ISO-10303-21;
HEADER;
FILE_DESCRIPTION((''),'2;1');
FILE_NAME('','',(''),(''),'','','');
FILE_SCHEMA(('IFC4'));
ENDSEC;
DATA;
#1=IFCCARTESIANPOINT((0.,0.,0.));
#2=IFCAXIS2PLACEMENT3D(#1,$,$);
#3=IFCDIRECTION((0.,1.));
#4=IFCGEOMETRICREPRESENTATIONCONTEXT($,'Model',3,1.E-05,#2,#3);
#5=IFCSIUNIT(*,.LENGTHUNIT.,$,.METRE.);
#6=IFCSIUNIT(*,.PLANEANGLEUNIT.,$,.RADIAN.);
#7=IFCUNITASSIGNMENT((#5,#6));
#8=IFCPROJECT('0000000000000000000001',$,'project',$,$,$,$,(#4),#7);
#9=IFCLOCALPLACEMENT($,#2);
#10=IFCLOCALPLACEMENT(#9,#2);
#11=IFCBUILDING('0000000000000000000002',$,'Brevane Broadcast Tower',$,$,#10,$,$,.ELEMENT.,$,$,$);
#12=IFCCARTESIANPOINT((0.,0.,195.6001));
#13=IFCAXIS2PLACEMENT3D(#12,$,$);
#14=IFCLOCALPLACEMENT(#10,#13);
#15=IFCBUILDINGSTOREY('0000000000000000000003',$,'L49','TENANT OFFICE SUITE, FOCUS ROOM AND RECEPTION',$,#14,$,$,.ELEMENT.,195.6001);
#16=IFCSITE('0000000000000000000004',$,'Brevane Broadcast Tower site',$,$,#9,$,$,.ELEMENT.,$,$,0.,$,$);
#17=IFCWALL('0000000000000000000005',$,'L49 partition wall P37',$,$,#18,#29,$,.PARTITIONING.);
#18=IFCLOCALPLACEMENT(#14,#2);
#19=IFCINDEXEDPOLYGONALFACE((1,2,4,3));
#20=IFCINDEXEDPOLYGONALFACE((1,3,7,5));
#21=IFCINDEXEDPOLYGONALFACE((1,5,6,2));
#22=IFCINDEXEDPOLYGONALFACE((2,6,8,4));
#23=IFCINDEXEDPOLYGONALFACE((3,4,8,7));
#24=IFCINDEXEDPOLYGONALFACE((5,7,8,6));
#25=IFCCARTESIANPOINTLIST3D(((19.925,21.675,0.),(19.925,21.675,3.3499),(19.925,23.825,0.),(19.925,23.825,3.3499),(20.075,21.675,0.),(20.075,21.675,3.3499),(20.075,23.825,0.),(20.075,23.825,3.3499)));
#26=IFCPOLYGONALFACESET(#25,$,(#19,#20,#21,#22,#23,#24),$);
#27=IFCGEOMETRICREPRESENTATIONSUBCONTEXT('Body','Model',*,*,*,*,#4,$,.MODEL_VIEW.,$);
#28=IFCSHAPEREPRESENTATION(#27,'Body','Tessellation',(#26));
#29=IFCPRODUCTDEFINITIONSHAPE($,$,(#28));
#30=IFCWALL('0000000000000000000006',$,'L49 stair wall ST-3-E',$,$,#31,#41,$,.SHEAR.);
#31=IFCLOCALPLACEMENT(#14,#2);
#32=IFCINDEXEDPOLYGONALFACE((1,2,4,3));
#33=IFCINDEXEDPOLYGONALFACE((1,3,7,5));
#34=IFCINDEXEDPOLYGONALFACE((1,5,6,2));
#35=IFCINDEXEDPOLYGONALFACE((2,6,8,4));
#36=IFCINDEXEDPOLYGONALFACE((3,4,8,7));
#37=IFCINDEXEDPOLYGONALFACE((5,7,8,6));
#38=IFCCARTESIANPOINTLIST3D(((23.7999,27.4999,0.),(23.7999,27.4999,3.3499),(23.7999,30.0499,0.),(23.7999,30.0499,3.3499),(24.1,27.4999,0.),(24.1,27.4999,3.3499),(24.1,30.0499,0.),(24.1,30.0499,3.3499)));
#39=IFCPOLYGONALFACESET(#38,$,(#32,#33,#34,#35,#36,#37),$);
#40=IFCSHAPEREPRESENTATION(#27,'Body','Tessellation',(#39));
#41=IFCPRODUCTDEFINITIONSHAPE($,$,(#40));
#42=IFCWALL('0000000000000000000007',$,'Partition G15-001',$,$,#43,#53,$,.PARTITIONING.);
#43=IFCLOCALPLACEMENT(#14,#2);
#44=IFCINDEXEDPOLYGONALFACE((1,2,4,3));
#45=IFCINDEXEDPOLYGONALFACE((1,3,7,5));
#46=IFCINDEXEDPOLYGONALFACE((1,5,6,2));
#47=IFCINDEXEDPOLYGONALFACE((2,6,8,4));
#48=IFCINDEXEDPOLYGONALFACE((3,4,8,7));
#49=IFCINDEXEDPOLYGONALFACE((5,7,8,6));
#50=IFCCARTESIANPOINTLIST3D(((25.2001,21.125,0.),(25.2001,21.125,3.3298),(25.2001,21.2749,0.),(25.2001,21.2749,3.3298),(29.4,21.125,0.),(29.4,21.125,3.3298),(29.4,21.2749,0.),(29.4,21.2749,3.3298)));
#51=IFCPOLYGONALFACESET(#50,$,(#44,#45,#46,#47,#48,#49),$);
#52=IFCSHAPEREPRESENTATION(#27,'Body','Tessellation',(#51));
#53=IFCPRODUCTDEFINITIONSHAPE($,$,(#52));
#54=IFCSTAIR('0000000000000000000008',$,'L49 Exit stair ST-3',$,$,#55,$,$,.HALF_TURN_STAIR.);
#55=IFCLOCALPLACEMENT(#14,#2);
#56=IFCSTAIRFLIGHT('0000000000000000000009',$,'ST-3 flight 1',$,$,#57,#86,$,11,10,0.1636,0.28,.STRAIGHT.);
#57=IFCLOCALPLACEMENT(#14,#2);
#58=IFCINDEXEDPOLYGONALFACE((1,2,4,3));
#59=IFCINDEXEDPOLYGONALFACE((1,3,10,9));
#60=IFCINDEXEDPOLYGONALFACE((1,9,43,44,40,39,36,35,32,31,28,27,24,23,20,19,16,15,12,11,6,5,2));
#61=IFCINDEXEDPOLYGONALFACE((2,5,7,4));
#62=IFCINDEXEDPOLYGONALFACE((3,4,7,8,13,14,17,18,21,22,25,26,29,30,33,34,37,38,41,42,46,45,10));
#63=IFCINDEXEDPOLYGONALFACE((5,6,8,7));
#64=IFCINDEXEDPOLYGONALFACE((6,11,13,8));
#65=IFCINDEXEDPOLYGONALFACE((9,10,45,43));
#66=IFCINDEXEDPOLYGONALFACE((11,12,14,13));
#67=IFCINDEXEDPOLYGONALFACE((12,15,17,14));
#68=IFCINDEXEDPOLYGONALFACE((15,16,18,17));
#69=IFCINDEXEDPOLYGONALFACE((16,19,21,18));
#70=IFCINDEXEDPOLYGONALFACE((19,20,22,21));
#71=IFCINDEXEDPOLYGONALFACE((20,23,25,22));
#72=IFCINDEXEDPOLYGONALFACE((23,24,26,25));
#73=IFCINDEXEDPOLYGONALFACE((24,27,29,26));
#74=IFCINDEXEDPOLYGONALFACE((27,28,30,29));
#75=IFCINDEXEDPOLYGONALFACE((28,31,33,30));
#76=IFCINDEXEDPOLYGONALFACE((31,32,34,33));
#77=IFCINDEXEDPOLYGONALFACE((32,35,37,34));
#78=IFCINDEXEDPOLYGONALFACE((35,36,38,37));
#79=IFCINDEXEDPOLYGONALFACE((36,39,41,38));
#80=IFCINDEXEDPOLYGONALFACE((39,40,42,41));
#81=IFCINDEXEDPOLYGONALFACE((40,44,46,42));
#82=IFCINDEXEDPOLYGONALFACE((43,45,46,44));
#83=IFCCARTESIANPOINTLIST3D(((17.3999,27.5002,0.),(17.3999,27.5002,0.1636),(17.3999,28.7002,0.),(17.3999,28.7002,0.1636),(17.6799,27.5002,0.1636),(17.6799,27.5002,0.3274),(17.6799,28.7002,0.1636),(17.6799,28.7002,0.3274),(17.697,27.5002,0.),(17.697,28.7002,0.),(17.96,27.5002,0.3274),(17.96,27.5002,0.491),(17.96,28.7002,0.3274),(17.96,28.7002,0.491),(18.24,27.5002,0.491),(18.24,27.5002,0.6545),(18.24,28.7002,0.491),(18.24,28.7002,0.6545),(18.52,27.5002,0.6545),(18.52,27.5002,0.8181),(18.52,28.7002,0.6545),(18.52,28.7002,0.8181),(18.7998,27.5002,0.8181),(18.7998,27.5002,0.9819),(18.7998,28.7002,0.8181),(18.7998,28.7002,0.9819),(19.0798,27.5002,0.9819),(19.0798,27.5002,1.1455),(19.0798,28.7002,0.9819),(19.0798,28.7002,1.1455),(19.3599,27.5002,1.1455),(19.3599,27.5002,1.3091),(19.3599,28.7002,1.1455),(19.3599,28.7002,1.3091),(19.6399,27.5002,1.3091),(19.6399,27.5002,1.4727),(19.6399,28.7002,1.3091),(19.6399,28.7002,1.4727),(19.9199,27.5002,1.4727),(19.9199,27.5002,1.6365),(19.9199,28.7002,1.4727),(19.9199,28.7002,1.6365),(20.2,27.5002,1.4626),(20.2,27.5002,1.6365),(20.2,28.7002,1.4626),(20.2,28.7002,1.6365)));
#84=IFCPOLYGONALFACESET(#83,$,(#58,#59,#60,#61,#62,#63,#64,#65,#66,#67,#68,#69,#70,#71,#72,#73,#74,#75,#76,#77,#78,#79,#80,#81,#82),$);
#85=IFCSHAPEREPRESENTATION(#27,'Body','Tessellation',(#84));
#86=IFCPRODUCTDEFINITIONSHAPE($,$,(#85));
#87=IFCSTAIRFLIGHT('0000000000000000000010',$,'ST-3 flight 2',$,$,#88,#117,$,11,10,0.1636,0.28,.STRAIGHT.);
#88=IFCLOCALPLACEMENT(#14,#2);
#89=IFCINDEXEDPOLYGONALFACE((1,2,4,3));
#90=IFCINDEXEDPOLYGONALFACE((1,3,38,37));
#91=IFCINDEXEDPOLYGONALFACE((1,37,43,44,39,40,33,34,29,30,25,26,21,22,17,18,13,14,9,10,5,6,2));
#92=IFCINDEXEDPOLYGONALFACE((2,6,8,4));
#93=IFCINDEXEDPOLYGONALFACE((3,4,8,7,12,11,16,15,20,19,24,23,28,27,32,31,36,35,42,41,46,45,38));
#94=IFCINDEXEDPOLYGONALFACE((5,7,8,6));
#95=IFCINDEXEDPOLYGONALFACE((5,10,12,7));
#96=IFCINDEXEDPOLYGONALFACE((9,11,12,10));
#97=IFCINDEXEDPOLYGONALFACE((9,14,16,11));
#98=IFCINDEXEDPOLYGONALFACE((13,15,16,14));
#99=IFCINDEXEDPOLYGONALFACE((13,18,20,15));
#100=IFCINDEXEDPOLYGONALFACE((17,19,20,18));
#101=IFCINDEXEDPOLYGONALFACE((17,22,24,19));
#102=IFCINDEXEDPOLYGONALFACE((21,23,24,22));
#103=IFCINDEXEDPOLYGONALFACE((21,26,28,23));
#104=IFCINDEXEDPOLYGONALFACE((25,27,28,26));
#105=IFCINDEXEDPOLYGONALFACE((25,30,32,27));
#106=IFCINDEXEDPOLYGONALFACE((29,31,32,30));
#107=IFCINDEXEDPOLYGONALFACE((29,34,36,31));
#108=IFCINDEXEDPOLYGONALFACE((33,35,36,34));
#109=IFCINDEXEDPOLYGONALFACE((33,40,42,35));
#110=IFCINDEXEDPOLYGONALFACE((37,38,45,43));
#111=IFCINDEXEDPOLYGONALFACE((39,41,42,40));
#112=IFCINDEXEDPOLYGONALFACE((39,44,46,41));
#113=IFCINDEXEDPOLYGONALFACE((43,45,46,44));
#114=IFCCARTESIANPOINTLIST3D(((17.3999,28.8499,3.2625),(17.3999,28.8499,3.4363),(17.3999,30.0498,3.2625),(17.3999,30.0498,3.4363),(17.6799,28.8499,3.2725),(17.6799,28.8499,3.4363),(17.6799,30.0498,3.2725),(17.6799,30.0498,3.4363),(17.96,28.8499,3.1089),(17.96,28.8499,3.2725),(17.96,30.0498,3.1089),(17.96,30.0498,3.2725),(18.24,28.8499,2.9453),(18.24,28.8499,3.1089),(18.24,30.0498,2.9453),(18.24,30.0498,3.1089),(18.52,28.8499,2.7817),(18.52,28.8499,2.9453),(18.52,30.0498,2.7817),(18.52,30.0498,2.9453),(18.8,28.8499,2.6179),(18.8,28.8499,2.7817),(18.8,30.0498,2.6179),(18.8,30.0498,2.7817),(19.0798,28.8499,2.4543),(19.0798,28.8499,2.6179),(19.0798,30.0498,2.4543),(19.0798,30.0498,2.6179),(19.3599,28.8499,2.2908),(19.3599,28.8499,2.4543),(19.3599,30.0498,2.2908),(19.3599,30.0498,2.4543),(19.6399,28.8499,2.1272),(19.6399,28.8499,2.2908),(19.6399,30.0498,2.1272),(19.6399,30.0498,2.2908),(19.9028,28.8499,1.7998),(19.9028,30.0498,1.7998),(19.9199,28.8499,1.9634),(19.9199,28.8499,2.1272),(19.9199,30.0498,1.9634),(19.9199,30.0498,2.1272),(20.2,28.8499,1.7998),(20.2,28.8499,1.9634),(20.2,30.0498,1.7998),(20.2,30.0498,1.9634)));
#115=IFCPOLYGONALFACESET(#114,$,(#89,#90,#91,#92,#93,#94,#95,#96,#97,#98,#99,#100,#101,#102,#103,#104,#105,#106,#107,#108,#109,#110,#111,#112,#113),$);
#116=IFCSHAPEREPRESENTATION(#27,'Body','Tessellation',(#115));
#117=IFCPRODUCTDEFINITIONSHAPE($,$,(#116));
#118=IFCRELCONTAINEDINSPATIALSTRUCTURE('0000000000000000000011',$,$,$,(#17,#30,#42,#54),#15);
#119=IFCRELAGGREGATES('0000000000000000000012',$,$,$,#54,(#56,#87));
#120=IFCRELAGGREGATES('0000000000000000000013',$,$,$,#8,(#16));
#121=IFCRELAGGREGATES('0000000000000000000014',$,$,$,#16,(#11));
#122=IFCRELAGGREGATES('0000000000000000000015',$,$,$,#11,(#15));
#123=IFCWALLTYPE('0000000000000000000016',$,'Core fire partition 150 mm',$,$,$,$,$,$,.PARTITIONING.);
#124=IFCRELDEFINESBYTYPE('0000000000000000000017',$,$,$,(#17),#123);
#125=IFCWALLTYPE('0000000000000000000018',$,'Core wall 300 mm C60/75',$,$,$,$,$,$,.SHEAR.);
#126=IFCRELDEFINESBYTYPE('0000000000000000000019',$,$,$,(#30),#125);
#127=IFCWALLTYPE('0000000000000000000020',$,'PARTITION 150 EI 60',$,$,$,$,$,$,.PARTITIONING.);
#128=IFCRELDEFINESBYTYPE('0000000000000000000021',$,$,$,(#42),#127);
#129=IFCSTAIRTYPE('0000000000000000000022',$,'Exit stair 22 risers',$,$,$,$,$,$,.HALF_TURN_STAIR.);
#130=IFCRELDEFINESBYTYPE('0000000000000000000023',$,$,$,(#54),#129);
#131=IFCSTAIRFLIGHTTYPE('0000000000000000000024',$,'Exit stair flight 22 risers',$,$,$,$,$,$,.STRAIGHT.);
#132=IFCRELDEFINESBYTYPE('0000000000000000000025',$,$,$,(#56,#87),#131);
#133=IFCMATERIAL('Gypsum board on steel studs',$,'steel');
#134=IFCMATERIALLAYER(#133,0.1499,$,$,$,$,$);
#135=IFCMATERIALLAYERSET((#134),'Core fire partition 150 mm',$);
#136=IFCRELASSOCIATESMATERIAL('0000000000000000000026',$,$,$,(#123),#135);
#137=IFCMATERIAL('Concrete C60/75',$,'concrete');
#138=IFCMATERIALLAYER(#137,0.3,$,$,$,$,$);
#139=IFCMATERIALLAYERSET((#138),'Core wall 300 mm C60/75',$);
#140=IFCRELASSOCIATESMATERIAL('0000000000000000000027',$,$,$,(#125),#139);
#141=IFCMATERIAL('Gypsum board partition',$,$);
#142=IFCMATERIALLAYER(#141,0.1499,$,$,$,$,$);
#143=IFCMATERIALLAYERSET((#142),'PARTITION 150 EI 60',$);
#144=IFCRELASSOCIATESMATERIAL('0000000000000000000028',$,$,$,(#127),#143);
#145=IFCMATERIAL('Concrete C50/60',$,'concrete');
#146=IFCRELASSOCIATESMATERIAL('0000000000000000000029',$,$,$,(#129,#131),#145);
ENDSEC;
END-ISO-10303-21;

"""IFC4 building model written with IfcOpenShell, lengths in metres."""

from ifc_helpers import new_model, si_unit, direction, frame, frame_2d, origin, place, context, subcontext, project, spatial, polyline, rectangle, outline, extrude, material, layer, layer_set, type_object, element, aggregate, save


model = new_model("IFC4")

# Units and contexts
model_context = context("Model", 3, precision=1e-05, world=origin(), true_north=direction((0.0, 1.0)))
body_context = subcontext(model_context, "Body", "Model", "MODEL_VIEW")
ifc_project = project(units=[si_unit("LENGTHUNIT", "METRE"), si_unit("PLANEANGLEUNIT", "RADIAN")], contexts=[model_context])

# Site, building, storey
site_placement = place(None, origin())
site = spatial("IfcSite", under=ifc_project, at=site_placement, Name="Brevane Broadcast Tower site", CompositionType="ELEMENT", RefElevation=0.0)
building_placement = place(site_placement, origin())
building = spatial("IfcBuilding", under=site, at=building_placement, Name="Brevane Broadcast Tower", CompositionType="ELEMENT")
storey_placement = place(building_placement, frame((0.0, 0.0, 195.6001)))
storey = spatial("IfcBuildingStorey", under=building, at=storey_placement, Name="L49", Description="TENANT OFFICE SUITE, FOCUS ROOM AND RECEPTION", CompositionType="ELEMENT", Elevation=195.6001)

# Shared definitions
ifc_material_1 = material(Name="Concrete C60/75", Category="concrete")

# Shared definitions
ifc_material_2 = material(Name="Gypsum board on steel studs", Category="steel")
ifc_layer_1 = layer(ifc_material_2, 0.1499)
ifc_layer_set_1 = layer_set([ifc_layer_1], Name="Core fire partition 150 mm")
wall_type_1 = type_object("IfcWallType", Name="Core fire partition 150 mm", PredefinedType="PARTITIONING", material=ifc_layer_set_1)

# Walls
wall_1_placement = place(storey_placement, frame((20.0, 21.675, 0.0), z_axis=(0.0, 0.0, 1.0), x_axis=(0.0, 1.0, 0.0)))
element("IfcWall", 1, at=wall_1_placement, inside=storey, type_object=wall_type_1, Name="L49 partition wall P37", PredefinedType="PARTITIONING", context=body_context, shape_type="SweptSolid", body=[
    extrude(rectangle(XDim=2.1499, YDim=0.1499, at=frame_2d((1.075, 0.0))), origin(), (0.0, 0.0, 1.0), 3.3499),
])
ifc_layer_2 = layer(ifc_material_1, 0.3)
ifc_layer_set_2 = layer_set([ifc_layer_2], Name="Core wall 300 mm C60/75")
wall_type_2 = type_object("IfcWallType", Name="Core wall 300 mm C60/75", PredefinedType="SHEAR", material=ifc_layer_set_2)
wall_2_placement = place(storey_placement, frame((23.95, 27.5, 0.0), z_axis=(0.0, 0.0, 1.0), x_axis=(0.0, 1.0, 0.0)))
element("IfcWall", 2, at=wall_2_placement, inside=storey, type_object=wall_type_2, Name="L49 stair wall ST-3-E", PredefinedType="SHEAR", context=body_context, shape_type="SweptSolid", body=[
    extrude(rectangle(XDim=2.55, YDim=0.3, at=frame_2d((1.2749, 0.0))), origin(), (0.0, 0.0, 1.0), 3.3499),
])
ifc_material_3 = material(Name="Gypsum board partition")
ifc_layer_3 = layer(ifc_material_3, 0.1499)
ifc_layer_set_3 = layer_set([ifc_layer_3], Name="PARTITION 150 EI 60")
wall_type_3 = type_object("IfcWallType", Name="PARTITION 150 EI 60", PredefinedType="PARTITIONING", material=ifc_layer_set_3)
wall_3_placement = place(storey_placement, frame((25.2, 21.2, 0.0), z_axis=(0.0, 0.0, 1.0), x_axis=(1.0, 0.0, 0.0)))
element("IfcWall", 3, at=wall_3_placement, inside=storey, type_object=wall_type_3, Name="Partition G15-001", PredefinedType="PARTITIONING", context=body_context, shape_type="SweptSolid", body=[
    extrude(rectangle(XDim=4.2, YDim=0.1499, at=frame_2d((2.1001, 0.0))), origin(), (0.0, 0.0, 1.0), 3.3298),
])

# Stair, stair flights
ifc_material_4 = material(Name="Concrete C50/60", Category="concrete")
stair_type = type_object("IfcStairType", Name="Exit stair 22 risers", PredefinedType="HALF_TURN_STAIR", material=ifc_material_4)
stair_placement = place(storey_placement, origin())
stair = element("IfcStair", 4, at=stair_placement, inside=storey, type_object=stair_type, Name="L49 Exit stair ST-3", PredefinedType="HALF_TURN_STAIR")
stair_flight_type = type_object("IfcStairFlightType", Name="Exit stair flight 22 risers", PredefinedType="STRAIGHT", material=ifc_material_4)
stair_flight_1_placement = place(storey_placement, frame((17.3999, 28.1001, 0.0), z_axis=(0.0, 0.0, 1.0), x_axis=(1.0, 0.0, 0.0)))
stair_flight_1 = element("IfcStairFlight", 5, at=stair_flight_1_placement, type_object=stair_flight_type, Name="ST-3 flight 1", NumberOfRisers=11, NumberOfTreads=10, PredefinedType="STRAIGHT", RiserHeight=0.1636, TreadLength=0.28, context=body_context, shape_type="SweptSolid", body=[
    extrude(outline(polyline([(0.0, 0.0), (0.0, 0.1636), (0.28, 0.1636), (0.28, 0.3274), (0.5601, 0.3274), (0.5601, 0.491), (0.8401, 0.491), (0.8401, 0.6545), (1.1201, 0.6545), (1.1201, 0.8181), (1.3999, 0.8181), (1.3999, 0.9819), (1.6799, 0.9819), (1.6799, 1.1455), (1.96, 1.1455), (1.96, 1.3091), (2.24, 1.3091), (2.24, 1.4727), (2.52, 1.4727), (2.52, 1.6365), (2.8, 1.6365), (2.8, 1.8), (2.8, 1.4626), (0.2971, 0.0), (0.0, 0.0)])), frame((0.0, 0.6001, 0.0), z_axis=(0.0, -1.0, 0.0), x_axis=(1.0, 0.0, 0.0)), (0.0, 0.0, 1.0), 1.2),
])
stair_flight_2_placement = place(storey_placement, frame((20.2, 29.45, 1.7998), z_axis=(0.0, 0.0, 1.0), x_axis=(-1.0, 0.0, 0.0)))
stair_flight_2 = element("IfcStairFlight", 6, at=stair_flight_2_placement, type_object=stair_flight_type, Name="ST-3 flight 2", NumberOfRisers=11, NumberOfTreads=10, PredefinedType="STRAIGHT", RiserHeight=0.1636, TreadLength=0.28, context=body_context, shape_type="SweptSolid", body=[
    extrude(outline(polyline([(0.0, 0.0), (0.0, 0.1636), (0.28, 0.1636), (0.28, 0.3274), (0.5601, 0.3274), (0.5601, 0.491), (0.8401, 0.491), (0.8401, 0.6545), (1.1201, 0.6545), (1.1201, 0.8181), (1.3999, 0.8181), (1.3999, 0.9819), (1.6799, 0.9819), (1.6799, 1.1455), (1.96, 1.1455), (1.96, 1.3091), (2.24, 1.3091), (2.24, 1.4727), (2.52, 1.4727), (2.52, 1.6365), (2.8, 1.6365), (2.8, 1.8), (2.8, 1.4626), (0.2971, 0.0), (0.0, 0.0)])), frame((0.0, 0.6001, 0.0), z_axis=(0.0, -1.0, 0.0), x_axis=(1.0, 0.0, 0.0)), (0.0, 0.0, 1.0), 1.2),
])
aggregate(stair, [stair_flight_1, stair_flight_2])

save(model, "model.ifc")
